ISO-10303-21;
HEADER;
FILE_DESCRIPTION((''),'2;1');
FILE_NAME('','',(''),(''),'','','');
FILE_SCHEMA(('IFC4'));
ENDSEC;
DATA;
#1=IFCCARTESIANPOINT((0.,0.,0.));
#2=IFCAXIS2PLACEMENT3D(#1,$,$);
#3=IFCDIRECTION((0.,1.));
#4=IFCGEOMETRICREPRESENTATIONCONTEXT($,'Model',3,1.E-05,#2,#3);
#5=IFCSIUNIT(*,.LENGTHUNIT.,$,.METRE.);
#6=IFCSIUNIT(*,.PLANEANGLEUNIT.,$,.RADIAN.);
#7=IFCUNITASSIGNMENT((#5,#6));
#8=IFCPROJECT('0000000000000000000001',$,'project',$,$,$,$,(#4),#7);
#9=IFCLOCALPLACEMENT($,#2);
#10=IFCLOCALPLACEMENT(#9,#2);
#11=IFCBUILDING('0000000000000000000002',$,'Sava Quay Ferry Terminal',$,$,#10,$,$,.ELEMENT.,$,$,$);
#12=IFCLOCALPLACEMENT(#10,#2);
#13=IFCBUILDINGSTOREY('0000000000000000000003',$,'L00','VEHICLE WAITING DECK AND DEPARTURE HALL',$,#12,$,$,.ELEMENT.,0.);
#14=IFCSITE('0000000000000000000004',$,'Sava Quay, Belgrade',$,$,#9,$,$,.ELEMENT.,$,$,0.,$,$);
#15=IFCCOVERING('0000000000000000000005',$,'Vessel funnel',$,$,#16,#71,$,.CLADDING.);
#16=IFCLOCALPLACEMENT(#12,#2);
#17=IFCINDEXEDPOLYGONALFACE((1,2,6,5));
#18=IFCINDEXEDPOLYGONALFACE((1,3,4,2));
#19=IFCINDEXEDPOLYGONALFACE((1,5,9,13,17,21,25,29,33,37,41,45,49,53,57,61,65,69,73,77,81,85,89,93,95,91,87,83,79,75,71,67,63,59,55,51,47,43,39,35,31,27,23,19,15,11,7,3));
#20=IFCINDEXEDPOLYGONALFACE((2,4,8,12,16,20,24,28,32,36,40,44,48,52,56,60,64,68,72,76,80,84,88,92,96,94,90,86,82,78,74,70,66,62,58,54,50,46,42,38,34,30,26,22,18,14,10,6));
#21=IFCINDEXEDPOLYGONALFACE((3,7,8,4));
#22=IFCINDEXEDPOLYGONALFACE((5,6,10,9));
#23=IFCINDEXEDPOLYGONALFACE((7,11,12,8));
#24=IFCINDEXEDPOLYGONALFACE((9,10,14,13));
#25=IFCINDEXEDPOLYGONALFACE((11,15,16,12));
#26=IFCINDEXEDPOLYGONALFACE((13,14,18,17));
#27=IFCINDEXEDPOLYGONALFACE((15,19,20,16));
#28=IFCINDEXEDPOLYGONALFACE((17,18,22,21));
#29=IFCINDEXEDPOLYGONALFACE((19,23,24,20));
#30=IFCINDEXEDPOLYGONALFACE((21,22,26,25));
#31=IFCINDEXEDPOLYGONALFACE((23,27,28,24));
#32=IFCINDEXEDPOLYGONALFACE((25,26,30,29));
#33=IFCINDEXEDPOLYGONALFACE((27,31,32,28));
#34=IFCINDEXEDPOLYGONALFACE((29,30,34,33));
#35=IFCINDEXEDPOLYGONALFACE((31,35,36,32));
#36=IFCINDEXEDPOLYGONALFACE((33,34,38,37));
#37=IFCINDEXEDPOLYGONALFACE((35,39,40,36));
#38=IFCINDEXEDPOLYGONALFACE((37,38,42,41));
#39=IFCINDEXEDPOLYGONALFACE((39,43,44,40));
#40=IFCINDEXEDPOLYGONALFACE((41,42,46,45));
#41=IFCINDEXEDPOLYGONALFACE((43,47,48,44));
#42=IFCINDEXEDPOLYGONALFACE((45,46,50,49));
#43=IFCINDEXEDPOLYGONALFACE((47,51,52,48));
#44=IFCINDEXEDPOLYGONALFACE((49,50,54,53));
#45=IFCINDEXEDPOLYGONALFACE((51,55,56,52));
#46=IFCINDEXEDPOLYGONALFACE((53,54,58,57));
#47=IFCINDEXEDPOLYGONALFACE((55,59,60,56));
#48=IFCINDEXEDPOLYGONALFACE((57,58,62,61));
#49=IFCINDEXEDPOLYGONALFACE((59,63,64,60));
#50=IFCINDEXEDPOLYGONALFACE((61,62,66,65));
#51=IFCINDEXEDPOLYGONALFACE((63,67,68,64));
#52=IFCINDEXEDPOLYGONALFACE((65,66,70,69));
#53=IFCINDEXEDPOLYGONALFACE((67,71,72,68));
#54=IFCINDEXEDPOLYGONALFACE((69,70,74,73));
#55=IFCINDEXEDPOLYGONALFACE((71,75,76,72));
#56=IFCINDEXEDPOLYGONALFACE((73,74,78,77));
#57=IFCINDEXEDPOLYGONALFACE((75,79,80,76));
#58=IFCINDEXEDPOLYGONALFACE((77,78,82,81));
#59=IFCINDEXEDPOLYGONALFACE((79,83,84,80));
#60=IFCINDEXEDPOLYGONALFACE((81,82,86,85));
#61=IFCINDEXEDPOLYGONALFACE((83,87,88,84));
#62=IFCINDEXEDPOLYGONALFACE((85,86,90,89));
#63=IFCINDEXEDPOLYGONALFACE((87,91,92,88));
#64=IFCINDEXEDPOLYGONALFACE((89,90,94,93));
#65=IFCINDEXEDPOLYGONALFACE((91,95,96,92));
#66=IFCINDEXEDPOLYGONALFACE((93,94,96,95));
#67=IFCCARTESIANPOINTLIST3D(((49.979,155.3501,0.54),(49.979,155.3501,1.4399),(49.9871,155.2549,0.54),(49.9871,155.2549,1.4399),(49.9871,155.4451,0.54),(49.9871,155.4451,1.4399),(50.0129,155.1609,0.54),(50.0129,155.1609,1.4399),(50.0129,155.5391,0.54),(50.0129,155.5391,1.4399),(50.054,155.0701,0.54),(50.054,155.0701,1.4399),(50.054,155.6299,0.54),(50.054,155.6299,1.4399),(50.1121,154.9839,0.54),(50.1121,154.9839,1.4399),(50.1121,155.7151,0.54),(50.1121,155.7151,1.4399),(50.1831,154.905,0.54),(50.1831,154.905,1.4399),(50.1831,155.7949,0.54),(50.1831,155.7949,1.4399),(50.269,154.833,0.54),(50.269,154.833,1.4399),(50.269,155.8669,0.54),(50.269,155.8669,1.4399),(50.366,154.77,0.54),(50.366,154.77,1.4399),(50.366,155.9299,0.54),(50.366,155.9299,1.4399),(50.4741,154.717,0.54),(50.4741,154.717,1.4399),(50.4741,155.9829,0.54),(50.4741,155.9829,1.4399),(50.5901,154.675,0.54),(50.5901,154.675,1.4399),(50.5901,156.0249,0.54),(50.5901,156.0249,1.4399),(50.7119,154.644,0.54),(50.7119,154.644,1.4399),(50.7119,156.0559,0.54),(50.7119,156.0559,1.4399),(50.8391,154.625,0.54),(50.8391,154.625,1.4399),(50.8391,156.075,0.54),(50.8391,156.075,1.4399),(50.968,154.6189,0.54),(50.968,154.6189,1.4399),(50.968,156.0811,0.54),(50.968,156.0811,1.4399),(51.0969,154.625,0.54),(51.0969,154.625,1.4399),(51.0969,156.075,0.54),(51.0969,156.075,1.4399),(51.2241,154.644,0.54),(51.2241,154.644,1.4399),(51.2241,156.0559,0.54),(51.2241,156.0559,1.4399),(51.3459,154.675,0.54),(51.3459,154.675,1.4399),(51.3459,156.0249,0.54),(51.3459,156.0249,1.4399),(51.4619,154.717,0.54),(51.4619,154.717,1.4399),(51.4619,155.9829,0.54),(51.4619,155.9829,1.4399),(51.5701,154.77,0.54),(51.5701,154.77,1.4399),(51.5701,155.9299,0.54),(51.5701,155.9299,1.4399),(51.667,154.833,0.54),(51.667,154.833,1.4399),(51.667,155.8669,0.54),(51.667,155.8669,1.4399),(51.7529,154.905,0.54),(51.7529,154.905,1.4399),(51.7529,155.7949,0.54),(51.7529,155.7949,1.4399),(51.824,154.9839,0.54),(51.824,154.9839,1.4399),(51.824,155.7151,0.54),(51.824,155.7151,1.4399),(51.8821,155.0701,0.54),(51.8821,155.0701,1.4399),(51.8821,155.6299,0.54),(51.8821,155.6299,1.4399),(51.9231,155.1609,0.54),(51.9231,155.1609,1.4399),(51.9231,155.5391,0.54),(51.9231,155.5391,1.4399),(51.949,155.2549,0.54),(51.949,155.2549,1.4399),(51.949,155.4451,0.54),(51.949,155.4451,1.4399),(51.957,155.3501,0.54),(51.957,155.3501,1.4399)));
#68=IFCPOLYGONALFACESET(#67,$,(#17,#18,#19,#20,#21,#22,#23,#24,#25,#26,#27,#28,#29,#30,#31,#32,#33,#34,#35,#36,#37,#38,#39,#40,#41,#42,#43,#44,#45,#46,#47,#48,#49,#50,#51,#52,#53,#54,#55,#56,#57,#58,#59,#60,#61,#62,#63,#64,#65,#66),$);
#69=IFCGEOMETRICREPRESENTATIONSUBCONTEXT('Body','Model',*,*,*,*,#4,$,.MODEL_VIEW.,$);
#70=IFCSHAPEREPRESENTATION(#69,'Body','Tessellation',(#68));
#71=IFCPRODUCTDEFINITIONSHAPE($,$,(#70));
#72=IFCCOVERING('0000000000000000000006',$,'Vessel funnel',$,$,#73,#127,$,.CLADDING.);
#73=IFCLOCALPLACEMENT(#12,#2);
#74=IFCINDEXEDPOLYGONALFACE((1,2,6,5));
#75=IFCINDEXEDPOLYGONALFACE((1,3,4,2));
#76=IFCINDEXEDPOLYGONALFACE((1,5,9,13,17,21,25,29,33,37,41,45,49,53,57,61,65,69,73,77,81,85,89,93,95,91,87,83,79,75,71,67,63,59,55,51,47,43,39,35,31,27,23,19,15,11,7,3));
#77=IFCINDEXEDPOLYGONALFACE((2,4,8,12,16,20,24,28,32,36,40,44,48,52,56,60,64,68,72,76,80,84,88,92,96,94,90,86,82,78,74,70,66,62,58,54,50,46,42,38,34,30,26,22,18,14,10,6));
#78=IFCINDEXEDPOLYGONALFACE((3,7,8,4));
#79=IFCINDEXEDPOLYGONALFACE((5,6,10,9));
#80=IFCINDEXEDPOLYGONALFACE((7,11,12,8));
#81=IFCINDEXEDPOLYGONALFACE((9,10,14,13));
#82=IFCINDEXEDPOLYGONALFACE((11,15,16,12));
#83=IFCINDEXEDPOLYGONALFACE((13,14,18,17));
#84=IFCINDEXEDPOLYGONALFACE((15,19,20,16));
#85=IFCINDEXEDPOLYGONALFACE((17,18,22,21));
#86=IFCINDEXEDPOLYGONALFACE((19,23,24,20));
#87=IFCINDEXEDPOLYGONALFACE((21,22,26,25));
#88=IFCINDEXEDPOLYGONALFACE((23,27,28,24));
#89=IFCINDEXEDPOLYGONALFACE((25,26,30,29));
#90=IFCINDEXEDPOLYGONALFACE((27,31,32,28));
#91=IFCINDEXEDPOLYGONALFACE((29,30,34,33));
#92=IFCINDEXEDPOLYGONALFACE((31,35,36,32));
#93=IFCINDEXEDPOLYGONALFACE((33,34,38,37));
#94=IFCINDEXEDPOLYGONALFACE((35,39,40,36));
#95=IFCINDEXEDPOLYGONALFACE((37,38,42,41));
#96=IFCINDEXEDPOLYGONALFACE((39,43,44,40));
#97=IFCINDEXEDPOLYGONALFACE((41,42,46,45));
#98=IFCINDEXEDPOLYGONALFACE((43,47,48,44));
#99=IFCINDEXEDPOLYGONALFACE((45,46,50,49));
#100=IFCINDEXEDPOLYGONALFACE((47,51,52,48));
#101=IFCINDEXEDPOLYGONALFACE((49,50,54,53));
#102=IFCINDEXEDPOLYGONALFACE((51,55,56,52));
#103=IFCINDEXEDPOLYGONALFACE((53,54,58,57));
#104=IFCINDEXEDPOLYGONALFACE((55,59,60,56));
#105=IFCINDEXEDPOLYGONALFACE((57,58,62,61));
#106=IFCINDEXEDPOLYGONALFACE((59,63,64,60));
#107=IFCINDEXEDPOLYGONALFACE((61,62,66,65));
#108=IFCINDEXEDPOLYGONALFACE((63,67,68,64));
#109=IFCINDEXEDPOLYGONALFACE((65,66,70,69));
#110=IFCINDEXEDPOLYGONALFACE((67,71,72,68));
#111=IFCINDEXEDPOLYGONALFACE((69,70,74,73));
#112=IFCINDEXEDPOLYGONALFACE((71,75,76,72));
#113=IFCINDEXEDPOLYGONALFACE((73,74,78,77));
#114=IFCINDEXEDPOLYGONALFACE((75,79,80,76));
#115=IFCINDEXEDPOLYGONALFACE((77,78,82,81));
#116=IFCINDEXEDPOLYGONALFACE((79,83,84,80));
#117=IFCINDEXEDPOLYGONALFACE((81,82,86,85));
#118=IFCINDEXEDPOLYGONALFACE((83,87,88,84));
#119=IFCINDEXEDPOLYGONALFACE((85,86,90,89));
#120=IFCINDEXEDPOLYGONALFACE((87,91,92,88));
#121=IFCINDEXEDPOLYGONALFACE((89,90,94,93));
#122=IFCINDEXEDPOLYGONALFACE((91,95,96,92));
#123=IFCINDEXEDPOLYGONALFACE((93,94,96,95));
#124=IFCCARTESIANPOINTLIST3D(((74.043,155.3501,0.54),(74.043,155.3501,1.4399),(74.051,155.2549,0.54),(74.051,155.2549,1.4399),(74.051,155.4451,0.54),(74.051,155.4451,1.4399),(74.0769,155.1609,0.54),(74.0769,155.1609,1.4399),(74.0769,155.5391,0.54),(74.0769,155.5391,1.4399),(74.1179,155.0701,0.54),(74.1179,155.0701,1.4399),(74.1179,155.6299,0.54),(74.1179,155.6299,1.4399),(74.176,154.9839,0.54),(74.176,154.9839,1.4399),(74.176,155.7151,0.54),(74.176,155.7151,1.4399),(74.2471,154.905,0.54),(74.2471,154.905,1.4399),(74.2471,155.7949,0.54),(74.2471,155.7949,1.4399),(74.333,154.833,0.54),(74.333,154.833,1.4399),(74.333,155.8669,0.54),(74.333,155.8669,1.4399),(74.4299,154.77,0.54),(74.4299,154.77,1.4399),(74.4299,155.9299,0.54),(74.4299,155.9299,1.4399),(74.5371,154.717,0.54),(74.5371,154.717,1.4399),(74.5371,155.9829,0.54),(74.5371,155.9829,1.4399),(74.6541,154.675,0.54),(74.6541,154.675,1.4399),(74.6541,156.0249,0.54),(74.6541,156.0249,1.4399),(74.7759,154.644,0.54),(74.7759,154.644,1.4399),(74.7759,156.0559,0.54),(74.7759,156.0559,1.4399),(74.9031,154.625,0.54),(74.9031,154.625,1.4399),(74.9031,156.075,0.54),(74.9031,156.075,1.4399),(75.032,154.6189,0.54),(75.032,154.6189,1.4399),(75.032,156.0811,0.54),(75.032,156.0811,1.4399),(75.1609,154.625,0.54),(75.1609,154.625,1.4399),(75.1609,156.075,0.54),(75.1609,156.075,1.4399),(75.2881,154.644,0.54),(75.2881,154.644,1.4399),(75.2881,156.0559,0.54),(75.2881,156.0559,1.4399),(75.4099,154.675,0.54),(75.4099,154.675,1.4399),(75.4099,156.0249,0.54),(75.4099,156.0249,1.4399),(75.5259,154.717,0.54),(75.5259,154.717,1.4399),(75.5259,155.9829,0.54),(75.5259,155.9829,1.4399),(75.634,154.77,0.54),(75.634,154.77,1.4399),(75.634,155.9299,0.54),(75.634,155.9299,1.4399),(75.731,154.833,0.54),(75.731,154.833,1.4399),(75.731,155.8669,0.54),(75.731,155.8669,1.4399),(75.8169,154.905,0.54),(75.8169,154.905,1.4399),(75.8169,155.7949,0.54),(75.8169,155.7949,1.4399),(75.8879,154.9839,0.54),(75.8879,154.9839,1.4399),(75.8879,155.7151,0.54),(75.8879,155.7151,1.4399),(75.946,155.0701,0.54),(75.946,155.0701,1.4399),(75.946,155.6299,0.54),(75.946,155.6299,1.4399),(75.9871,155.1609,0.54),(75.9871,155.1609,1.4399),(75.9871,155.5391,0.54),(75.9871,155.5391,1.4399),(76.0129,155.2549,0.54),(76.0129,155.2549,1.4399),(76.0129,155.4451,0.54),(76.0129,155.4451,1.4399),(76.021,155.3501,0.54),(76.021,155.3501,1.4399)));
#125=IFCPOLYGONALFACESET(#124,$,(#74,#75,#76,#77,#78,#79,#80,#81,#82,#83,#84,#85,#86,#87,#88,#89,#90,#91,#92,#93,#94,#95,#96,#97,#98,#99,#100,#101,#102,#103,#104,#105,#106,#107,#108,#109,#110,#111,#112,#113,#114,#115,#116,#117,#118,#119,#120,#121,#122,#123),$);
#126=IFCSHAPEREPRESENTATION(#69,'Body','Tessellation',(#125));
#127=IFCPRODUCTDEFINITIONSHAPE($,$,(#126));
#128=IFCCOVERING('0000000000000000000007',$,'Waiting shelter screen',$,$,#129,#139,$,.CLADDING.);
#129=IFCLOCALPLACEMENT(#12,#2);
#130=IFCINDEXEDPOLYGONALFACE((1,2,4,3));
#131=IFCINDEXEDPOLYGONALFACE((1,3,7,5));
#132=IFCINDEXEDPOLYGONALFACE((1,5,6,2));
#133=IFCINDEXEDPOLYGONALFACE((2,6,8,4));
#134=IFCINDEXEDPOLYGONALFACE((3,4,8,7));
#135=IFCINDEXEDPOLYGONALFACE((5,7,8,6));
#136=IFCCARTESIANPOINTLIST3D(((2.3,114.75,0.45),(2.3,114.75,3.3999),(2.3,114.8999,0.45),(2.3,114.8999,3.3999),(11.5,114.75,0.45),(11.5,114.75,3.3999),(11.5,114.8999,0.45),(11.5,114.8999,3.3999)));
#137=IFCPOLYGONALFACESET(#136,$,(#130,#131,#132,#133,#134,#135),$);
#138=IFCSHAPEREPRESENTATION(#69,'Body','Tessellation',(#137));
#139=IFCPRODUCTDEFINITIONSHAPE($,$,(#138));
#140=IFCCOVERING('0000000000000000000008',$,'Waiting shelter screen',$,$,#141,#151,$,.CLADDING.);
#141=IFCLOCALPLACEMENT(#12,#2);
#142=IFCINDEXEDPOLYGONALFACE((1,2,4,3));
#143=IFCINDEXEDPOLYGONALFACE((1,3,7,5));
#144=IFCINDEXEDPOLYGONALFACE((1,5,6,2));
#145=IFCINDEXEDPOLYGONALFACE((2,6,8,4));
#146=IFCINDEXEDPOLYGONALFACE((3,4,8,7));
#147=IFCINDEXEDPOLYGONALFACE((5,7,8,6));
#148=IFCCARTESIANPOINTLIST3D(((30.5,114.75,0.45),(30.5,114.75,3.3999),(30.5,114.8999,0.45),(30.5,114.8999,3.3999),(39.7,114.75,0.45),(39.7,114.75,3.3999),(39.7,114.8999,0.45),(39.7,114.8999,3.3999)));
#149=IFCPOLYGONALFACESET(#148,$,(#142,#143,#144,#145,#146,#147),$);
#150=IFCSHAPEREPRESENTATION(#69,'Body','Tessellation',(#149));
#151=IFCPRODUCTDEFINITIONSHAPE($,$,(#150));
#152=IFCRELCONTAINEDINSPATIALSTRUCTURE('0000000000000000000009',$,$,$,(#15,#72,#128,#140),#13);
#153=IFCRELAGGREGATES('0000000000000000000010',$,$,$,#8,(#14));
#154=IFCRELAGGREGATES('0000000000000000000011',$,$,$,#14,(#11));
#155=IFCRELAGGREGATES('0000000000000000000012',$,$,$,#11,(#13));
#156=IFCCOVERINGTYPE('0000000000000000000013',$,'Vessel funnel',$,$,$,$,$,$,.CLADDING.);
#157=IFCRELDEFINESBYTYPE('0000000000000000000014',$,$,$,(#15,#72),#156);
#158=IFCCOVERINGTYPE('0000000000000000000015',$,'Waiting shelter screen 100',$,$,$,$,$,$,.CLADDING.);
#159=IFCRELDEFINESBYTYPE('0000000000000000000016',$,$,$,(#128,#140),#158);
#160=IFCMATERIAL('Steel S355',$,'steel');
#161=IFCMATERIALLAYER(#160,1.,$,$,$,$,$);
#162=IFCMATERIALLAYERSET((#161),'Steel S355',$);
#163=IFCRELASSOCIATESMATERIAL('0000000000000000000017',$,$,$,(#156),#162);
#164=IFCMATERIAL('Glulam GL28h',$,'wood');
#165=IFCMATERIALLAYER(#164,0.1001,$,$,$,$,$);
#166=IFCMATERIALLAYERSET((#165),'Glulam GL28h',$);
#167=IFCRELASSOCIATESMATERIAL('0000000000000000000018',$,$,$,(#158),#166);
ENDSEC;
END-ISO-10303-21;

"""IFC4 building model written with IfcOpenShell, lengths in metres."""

from ifc_helpers import new_model, si_unit, direction, frame, origin, place, context, subcontext, project, spatial, polyline, outline, extrude, material, layer, layer_set, type_object, element, save


model = new_model("IFC4")

# Units and contexts
model_context = context("Model", 3, precision=1e-05, world=origin(), true_north=direction((0.0, 1.0)))
body_context = subcontext(model_context, "Body", "Model", "MODEL_VIEW")
ifc_project = project(units=[si_unit("LENGTHUNIT", "METRE"), si_unit("PLANEANGLEUNIT", "RADIAN")], contexts=[model_context])

# Site, building, storey
site_placement = place(None, origin())
site = spatial("IfcSite", under=ifc_project, at=site_placement, Name="Sava Quay, Belgrade", CompositionType="ELEMENT", RefElevation=0.0)
building_placement = place(site_placement, origin())
building = spatial("IfcBuilding", under=site, at=building_placement, Name="Sava Quay Ferry Terminal", CompositionType="ELEMENT")
storey_placement = place(building_placement, origin())
storey = spatial("IfcBuildingStorey", under=building, at=storey_placement, Name="L00", Description="VEHICLE WAITING DECK AND DEPARTURE HALL", CompositionType="ELEMENT", Elevation=0.0)

# Coverings
ifc_material_1 = material(Name="Steel S355", Category="steel")
ifc_layer_1 = layer(ifc_material_1, 1.0)
ifc_layer_set_1 = layer_set([ifc_layer_1], Name="Steel S355")
covering_type_1 = type_object("IfcCoveringType", Name="Vessel funnel", PredefinedType="CLADDING", material=ifc_layer_set_1)
covering_1_placement = place(storey_placement, frame((0.0, 0.0, 0.54)))
element("IfcCovering", 1, at=covering_1_placement, inside=storey, type_object=covering_type_1, Name="Vessel funnel", PredefinedType="CLADDING", context=body_context, shape_type="SweptSolid", body=[
    extrude(outline(polyline([(49.979, 155.3501), (49.9871, 155.2549), (50.0129, 155.1609), (50.054, 155.0701), (50.1121, 154.9839), (50.1831, 154.905), (50.269, 154.833), (50.366, 154.77), (50.4741, 154.717), (50.5901, 154.675), (50.7119, 154.644), (50.8391, 154.625), (50.968, 154.6189), (51.0969, 154.625), (51.2241, 154.644), (51.3459, 154.675), (51.4619, 154.717), (51.5701, 154.77), (51.667, 154.833), (51.7529, 154.905), (51.824, 154.9839), (51.8821, 155.0701), (51.9231, 155.1609), (51.949, 155.2549), (51.957, 155.3501), (51.949, 155.4451), (51.9231, 155.5391), (51.8821, 155.6299), (51.824, 155.7151), (51.7529, 155.7949), (51.667, 155.8669), (51.5701, 155.9299), (51.4619, 155.9829), (51.3459, 156.0249), (51.2241, 156.0559), (51.0969, 156.075), (50.968, 156.0811), (50.8391, 156.075), (50.7119, 156.0559), (50.5901, 156.0249), (50.4741, 155.9829), (50.366, 155.9299), (50.269, 155.8669), (50.1831, 155.7949), (50.1121, 155.7151), (50.054, 155.6299), (50.0129, 155.5391), (49.9871, 155.4451), (49.979, 155.3501)])), origin(), (0.0, 0.0, 1.0), 0.8999),
])
covering_2_placement = place(storey_placement, frame((0.0, 0.0, 0.54)))
element("IfcCovering", 2, at=covering_2_placement, inside=storey, type_object=covering_type_1, Name="Vessel funnel", PredefinedType="CLADDING", context=body_context, shape_type="SweptSolid", body=[
    extrude(outline(polyline([(76.021, 155.3501), (76.0129, 155.4451), (75.9871, 155.5391), (75.946, 155.6299), (75.8879, 155.7151), (75.8169, 155.7949), (75.731, 155.8669), (75.634, 155.9299), (75.5259, 155.9829), (75.4099, 156.0249), (75.2881, 156.0559), (75.1609, 156.075), (75.032, 156.0811), (74.9031, 156.075), (74.7759, 156.0559), (74.6541, 156.0249), (74.5371, 155.9829), (74.4299, 155.9299), (74.333, 155.8669), (74.2471, 155.7949), (74.176, 155.7151), (74.1179, 155.6299), (74.0769, 155.5391), (74.051, 155.4451), (74.043, 155.3501), (74.051, 155.2549), (74.0769, 155.1609), (74.1179, 155.0701), (74.176, 154.9839), (74.2471, 154.905), (74.333, 154.833), (74.4299, 154.77), (74.5371, 154.717), (74.6541, 154.675), (74.7759, 154.644), (74.9031, 154.625), (75.032, 154.6189), (75.1609, 154.625), (75.2881, 154.644), (75.4099, 154.675), (75.5259, 154.717), (75.634, 154.77), (75.731, 154.833), (75.8169, 154.905), (75.8879, 154.9839), (75.946, 155.0701), (75.9871, 155.1609), (76.0129, 155.2549), (76.021, 155.3501)])), origin(), (0.0, 0.0, 1.0), 0.8999),
])
ifc_material_2 = material(Name="Glulam GL28h", Category="wood")
ifc_layer_2 = layer(ifc_material_2, 0.1001)
ifc_layer_set_2 = layer_set([ifc_layer_2], Name="Glulam GL28h")
covering_type_2 = type_object("IfcCoveringType", Name="Waiting shelter screen 100", PredefinedType="CLADDING", material=ifc_layer_set_2)
covering_3_placement = place(storey_placement, frame((0.0, 0.0, 0.45)))
element("IfcCovering", 3, at=covering_3_placement, inside=storey, type_object=covering_type_2, Name="Waiting shelter screen", PredefinedType="CLADDING", context=body_context, shape_type="SweptSolid", body=[
    extrude(outline(polyline([(11.5, 114.75), (11.5, 114.8999), (2.3, 114.8999), (2.3, 114.75), (11.5, 114.75)])), origin(), (0.0, 0.0, 1.0), 2.95),
])
covering_4_placement = place(storey_placement, frame((0.0, 0.0, 0.45)))
element("IfcCovering", 4, at=covering_4_placement, inside=storey, type_object=covering_type_2, Name="Waiting shelter screen", PredefinedType="CLADDING", context=body_context, shape_type="SweptSolid", body=[
    extrude(outline(polyline([(39.7, 114.75), (39.7, 114.8999), (30.5, 114.8999), (30.5, 114.75), (39.7, 114.75)])), origin(), (0.0, 0.0, 1.0), 2.95),
])

save(model, "model.ifc")
